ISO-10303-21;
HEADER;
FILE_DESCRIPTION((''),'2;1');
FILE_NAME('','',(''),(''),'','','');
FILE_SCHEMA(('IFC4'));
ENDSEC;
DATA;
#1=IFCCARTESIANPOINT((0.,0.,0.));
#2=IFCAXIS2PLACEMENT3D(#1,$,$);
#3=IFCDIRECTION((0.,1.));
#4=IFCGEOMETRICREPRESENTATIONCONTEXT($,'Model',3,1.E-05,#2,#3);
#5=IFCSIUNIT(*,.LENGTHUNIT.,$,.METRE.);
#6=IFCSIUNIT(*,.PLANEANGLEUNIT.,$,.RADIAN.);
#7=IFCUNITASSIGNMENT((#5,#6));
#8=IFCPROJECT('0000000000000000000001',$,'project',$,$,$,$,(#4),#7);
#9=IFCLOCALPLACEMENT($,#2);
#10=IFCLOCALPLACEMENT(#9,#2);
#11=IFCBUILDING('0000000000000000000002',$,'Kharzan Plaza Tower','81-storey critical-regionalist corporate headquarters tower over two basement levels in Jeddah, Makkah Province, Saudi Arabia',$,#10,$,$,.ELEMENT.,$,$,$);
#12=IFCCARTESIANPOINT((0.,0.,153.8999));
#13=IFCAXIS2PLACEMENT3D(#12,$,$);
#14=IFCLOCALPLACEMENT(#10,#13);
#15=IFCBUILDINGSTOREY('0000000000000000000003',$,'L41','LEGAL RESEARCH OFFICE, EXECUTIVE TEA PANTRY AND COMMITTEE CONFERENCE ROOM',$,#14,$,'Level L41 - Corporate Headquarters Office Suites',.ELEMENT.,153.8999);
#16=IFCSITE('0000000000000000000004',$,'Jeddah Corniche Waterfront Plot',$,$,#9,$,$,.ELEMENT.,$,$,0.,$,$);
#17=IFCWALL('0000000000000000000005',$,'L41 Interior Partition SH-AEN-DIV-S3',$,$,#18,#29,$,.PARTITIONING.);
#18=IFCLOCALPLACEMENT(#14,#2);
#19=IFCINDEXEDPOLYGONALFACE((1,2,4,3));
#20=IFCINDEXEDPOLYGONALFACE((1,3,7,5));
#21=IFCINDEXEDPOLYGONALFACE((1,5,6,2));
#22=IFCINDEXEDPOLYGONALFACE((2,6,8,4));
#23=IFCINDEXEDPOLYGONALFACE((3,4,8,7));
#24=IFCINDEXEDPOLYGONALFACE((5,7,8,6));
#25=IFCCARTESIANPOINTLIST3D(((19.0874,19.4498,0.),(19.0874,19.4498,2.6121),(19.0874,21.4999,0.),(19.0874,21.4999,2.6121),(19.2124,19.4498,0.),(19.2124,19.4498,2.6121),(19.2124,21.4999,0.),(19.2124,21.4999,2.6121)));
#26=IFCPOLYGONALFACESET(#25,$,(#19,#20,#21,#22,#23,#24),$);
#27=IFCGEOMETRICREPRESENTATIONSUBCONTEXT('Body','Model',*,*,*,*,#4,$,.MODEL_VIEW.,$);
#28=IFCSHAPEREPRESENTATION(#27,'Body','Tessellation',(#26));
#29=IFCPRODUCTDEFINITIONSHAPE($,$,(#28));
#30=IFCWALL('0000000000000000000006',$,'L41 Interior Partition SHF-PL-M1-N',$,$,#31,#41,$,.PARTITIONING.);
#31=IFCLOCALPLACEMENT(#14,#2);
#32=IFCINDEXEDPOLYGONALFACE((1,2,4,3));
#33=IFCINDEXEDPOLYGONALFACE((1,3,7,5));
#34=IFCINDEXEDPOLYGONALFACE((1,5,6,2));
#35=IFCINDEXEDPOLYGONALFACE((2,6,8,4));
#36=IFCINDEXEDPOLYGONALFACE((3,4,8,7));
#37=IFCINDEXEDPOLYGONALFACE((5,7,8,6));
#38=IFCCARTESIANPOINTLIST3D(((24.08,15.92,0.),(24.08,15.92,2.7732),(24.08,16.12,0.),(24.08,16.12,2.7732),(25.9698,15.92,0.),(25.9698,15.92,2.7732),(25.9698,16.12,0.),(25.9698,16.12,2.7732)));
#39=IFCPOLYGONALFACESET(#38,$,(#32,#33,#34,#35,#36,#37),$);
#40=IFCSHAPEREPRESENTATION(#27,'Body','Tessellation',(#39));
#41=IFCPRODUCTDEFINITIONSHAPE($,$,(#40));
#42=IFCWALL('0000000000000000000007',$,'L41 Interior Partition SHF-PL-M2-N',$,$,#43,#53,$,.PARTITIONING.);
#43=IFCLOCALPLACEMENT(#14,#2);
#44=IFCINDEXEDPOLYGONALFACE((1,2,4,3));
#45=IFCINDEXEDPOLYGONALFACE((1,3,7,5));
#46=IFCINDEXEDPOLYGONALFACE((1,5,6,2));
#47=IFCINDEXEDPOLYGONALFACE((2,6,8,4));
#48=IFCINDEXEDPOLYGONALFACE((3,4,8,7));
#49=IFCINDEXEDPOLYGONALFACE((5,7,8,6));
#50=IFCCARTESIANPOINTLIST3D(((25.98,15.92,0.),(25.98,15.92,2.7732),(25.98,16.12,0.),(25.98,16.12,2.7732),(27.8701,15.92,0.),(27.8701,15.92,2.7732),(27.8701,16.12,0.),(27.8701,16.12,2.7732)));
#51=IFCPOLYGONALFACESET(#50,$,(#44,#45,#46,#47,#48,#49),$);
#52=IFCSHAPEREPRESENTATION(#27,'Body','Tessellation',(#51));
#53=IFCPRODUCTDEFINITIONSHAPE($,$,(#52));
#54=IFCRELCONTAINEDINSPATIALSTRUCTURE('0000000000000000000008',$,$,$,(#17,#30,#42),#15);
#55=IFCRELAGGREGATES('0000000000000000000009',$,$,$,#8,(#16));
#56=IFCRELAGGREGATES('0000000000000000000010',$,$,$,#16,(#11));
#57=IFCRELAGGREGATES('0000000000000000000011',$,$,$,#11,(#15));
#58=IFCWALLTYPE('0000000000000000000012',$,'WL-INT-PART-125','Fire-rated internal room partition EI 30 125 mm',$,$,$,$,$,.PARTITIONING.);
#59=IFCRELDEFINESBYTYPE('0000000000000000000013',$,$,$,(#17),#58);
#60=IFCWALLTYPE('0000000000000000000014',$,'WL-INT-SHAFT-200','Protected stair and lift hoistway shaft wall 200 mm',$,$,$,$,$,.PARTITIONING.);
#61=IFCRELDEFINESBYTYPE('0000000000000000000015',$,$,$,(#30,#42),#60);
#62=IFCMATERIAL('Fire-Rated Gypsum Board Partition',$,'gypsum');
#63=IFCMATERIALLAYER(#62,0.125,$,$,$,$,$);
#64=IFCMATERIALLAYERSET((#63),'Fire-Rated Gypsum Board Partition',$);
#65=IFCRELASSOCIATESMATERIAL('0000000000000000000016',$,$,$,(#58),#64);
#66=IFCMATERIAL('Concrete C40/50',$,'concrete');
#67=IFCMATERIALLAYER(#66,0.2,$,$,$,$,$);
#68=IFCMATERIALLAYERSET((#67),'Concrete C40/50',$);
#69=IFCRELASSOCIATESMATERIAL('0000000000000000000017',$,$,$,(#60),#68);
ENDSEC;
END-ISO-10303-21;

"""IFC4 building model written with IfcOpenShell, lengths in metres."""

from ifc_helpers import new_model, si_unit, direction, frame, frame_2d, origin, place, context, subcontext, project, spatial, rectangle, extrude, source, transform, mapped, material, layer, layer_set, type_object, element, save


model = new_model("IFC4")

# Units and contexts
model_context = context("Model", 3, precision=1e-05, world=origin(), true_north=direction((0.0, 1.0)))
body_context = subcontext(model_context, "Body", "Model", "MODEL_VIEW")
ifc_project = project(units=[si_unit("LENGTHUNIT", "METRE"), si_unit("PLANEANGLEUNIT", "RADIAN")], contexts=[model_context])

# Site, building, storey
site_placement = place(None, origin())
site = spatial("IfcSite", under=ifc_project, at=site_placement, Name="Jeddah Corniche Waterfront Plot", CompositionType="ELEMENT", RefElevation=0.0)
building_placement = place(site_placement, origin())
building = spatial("IfcBuilding", under=site, at=building_placement, Name="Kharzan Plaza Tower", Description="81-storey critical-regionalist corporate headquarters tower over two basement levels in Jeddah, Makkah Province, Saudi Arabia", CompositionType="ELEMENT")
storey_placement = place(building_placement, frame((0.0, 0.0, 153.8999)))
storey = spatial("IfcBuildingStorey", under=building, at=storey_placement, Name="L41", Description="LEGAL RESEARCH OFFICE, EXECUTIVE TEA PANTRY AND COMMITTEE CONFERENCE ROOM", LongName="Level L41 - Corporate Headquarters Office Suites", CompositionType="ELEMENT", Elevation=153.8999)

# Shared definitions
ifc_material_1 = material(Name="Fire-Rated Gypsum Board Partition", Category="gypsum")
ifc_layer_1 = layer(ifc_material_1, 0.125)
ifc_layer_set_1 = layer_set([ifc_layer_1], Name="Fire-Rated Gypsum Board Partition")
wall_type_1 = type_object("IfcWallType", Name="WL-INT-PART-125", Description="Fire-rated internal room partition EI 30 125 mm", PredefinedType="PARTITIONING", material=ifc_layer_set_1)
ifc_material_2 = material(Name="Concrete C40/50", Category="concrete")
ifc_layer_2 = layer(ifc_material_2, 0.2)
ifc_layer_set_2 = layer_set([ifc_layer_2], Name="Concrete C40/50")
wall_type_2 = type_object("IfcWallType", Name="WL-INT-SHAFT-200", Description="Protected stair and lift hoistway shaft wall 200 mm", PredefinedType="PARTITIONING", material=ifc_layer_set_2)

# Walls
shared_shape_1 = source(origin(), body_context, "Body", "SweptSolid", [
    extrude(rectangle(XDim=2.05, YDim=0.125, at=frame_2d((1.0249, 0.0))), origin(), (0.0, 0.0, 1.0), 2.6121),
])
wall_1_placement = place(storey_placement, frame((19.1499, 19.45, 0.0), z_axis=(0.0, 0.0, 1.0), x_axis=(0.0, 1.0, 0.0)))
element("IfcWall", 1, at=wall_1_placement, inside=storey, type_object=wall_type_1, Name="L41 Interior Partition SH-AEN-DIV-S3", PredefinedType="PARTITIONING", context=body_context, shape_type="MappedRepresentation", body=[
    mapped(shared_shape_1, transform((0.0, 0.0, 0.0), x_axis=(1.0, 0.0, 0.0), y_axis=(0.0, 1.0, 0.0), z_axis=(0.0, 0.0, 1.0))),
])
shared_shape_2 = source(origin(), body_context, "Body", "SweptSolid", [
    extrude(rectangle(XDim=1.8899, YDim=0.2, at=frame_2d((0.9448, 0.0))), origin(), (0.0, 0.0, 1.0), 2.7732),
])
wall_2_placement = place(storey_placement, frame((24.0801, 16.02, 0.0), z_axis=(0.0, 0.0, 1.0), x_axis=(1.0, 0.0, 0.0)))
element("IfcWall", 2, at=wall_2_placement, inside=storey, type_object=wall_type_2, Name="L41 Interior Partition SHF-PL-M1-N", PredefinedType="PARTITIONING", context=body_context, shape_type="MappedRepresentation", body=[
    mapped(shared_shape_2, transform((0.0, 0.0, 0.0), x_axis=(1.0, 0.0, 0.0), y_axis=(0.0, 1.0, 0.0), z_axis=(0.0, 0.0, 1.0))),
])
shared_shape_3 = source(origin(), body_context, "Body", "SweptSolid", [
    extrude(rectangle(XDim=1.8901, YDim=0.2, at=frame_2d((0.9451, 0.0))), origin(), (0.0, 0.0, 1.0), 2.7732),
])
wall_3_placement = place(storey_placement, frame((25.98, 16.02, 0.0), z_axis=(0.0, 0.0, 1.0), x_axis=(1.0, 0.0, 0.0)))
element("IfcWall", 3, at=wall_3_placement, inside=storey, type_object=wall_type_2, Name="L41 Interior Partition SHF-PL-M2-N", PredefinedType="PARTITIONING", context=body_context, shape_type="MappedRepresentation", body=[
    mapped(shared_shape_3, transform((0.0, 0.0, 0.0), x_axis=(1.0, 0.0, 0.0), y_axis=(0.0, 1.0, 0.0), z_axis=(0.0, 0.0, 1.0))),
])

save(model, "model.ifc")
